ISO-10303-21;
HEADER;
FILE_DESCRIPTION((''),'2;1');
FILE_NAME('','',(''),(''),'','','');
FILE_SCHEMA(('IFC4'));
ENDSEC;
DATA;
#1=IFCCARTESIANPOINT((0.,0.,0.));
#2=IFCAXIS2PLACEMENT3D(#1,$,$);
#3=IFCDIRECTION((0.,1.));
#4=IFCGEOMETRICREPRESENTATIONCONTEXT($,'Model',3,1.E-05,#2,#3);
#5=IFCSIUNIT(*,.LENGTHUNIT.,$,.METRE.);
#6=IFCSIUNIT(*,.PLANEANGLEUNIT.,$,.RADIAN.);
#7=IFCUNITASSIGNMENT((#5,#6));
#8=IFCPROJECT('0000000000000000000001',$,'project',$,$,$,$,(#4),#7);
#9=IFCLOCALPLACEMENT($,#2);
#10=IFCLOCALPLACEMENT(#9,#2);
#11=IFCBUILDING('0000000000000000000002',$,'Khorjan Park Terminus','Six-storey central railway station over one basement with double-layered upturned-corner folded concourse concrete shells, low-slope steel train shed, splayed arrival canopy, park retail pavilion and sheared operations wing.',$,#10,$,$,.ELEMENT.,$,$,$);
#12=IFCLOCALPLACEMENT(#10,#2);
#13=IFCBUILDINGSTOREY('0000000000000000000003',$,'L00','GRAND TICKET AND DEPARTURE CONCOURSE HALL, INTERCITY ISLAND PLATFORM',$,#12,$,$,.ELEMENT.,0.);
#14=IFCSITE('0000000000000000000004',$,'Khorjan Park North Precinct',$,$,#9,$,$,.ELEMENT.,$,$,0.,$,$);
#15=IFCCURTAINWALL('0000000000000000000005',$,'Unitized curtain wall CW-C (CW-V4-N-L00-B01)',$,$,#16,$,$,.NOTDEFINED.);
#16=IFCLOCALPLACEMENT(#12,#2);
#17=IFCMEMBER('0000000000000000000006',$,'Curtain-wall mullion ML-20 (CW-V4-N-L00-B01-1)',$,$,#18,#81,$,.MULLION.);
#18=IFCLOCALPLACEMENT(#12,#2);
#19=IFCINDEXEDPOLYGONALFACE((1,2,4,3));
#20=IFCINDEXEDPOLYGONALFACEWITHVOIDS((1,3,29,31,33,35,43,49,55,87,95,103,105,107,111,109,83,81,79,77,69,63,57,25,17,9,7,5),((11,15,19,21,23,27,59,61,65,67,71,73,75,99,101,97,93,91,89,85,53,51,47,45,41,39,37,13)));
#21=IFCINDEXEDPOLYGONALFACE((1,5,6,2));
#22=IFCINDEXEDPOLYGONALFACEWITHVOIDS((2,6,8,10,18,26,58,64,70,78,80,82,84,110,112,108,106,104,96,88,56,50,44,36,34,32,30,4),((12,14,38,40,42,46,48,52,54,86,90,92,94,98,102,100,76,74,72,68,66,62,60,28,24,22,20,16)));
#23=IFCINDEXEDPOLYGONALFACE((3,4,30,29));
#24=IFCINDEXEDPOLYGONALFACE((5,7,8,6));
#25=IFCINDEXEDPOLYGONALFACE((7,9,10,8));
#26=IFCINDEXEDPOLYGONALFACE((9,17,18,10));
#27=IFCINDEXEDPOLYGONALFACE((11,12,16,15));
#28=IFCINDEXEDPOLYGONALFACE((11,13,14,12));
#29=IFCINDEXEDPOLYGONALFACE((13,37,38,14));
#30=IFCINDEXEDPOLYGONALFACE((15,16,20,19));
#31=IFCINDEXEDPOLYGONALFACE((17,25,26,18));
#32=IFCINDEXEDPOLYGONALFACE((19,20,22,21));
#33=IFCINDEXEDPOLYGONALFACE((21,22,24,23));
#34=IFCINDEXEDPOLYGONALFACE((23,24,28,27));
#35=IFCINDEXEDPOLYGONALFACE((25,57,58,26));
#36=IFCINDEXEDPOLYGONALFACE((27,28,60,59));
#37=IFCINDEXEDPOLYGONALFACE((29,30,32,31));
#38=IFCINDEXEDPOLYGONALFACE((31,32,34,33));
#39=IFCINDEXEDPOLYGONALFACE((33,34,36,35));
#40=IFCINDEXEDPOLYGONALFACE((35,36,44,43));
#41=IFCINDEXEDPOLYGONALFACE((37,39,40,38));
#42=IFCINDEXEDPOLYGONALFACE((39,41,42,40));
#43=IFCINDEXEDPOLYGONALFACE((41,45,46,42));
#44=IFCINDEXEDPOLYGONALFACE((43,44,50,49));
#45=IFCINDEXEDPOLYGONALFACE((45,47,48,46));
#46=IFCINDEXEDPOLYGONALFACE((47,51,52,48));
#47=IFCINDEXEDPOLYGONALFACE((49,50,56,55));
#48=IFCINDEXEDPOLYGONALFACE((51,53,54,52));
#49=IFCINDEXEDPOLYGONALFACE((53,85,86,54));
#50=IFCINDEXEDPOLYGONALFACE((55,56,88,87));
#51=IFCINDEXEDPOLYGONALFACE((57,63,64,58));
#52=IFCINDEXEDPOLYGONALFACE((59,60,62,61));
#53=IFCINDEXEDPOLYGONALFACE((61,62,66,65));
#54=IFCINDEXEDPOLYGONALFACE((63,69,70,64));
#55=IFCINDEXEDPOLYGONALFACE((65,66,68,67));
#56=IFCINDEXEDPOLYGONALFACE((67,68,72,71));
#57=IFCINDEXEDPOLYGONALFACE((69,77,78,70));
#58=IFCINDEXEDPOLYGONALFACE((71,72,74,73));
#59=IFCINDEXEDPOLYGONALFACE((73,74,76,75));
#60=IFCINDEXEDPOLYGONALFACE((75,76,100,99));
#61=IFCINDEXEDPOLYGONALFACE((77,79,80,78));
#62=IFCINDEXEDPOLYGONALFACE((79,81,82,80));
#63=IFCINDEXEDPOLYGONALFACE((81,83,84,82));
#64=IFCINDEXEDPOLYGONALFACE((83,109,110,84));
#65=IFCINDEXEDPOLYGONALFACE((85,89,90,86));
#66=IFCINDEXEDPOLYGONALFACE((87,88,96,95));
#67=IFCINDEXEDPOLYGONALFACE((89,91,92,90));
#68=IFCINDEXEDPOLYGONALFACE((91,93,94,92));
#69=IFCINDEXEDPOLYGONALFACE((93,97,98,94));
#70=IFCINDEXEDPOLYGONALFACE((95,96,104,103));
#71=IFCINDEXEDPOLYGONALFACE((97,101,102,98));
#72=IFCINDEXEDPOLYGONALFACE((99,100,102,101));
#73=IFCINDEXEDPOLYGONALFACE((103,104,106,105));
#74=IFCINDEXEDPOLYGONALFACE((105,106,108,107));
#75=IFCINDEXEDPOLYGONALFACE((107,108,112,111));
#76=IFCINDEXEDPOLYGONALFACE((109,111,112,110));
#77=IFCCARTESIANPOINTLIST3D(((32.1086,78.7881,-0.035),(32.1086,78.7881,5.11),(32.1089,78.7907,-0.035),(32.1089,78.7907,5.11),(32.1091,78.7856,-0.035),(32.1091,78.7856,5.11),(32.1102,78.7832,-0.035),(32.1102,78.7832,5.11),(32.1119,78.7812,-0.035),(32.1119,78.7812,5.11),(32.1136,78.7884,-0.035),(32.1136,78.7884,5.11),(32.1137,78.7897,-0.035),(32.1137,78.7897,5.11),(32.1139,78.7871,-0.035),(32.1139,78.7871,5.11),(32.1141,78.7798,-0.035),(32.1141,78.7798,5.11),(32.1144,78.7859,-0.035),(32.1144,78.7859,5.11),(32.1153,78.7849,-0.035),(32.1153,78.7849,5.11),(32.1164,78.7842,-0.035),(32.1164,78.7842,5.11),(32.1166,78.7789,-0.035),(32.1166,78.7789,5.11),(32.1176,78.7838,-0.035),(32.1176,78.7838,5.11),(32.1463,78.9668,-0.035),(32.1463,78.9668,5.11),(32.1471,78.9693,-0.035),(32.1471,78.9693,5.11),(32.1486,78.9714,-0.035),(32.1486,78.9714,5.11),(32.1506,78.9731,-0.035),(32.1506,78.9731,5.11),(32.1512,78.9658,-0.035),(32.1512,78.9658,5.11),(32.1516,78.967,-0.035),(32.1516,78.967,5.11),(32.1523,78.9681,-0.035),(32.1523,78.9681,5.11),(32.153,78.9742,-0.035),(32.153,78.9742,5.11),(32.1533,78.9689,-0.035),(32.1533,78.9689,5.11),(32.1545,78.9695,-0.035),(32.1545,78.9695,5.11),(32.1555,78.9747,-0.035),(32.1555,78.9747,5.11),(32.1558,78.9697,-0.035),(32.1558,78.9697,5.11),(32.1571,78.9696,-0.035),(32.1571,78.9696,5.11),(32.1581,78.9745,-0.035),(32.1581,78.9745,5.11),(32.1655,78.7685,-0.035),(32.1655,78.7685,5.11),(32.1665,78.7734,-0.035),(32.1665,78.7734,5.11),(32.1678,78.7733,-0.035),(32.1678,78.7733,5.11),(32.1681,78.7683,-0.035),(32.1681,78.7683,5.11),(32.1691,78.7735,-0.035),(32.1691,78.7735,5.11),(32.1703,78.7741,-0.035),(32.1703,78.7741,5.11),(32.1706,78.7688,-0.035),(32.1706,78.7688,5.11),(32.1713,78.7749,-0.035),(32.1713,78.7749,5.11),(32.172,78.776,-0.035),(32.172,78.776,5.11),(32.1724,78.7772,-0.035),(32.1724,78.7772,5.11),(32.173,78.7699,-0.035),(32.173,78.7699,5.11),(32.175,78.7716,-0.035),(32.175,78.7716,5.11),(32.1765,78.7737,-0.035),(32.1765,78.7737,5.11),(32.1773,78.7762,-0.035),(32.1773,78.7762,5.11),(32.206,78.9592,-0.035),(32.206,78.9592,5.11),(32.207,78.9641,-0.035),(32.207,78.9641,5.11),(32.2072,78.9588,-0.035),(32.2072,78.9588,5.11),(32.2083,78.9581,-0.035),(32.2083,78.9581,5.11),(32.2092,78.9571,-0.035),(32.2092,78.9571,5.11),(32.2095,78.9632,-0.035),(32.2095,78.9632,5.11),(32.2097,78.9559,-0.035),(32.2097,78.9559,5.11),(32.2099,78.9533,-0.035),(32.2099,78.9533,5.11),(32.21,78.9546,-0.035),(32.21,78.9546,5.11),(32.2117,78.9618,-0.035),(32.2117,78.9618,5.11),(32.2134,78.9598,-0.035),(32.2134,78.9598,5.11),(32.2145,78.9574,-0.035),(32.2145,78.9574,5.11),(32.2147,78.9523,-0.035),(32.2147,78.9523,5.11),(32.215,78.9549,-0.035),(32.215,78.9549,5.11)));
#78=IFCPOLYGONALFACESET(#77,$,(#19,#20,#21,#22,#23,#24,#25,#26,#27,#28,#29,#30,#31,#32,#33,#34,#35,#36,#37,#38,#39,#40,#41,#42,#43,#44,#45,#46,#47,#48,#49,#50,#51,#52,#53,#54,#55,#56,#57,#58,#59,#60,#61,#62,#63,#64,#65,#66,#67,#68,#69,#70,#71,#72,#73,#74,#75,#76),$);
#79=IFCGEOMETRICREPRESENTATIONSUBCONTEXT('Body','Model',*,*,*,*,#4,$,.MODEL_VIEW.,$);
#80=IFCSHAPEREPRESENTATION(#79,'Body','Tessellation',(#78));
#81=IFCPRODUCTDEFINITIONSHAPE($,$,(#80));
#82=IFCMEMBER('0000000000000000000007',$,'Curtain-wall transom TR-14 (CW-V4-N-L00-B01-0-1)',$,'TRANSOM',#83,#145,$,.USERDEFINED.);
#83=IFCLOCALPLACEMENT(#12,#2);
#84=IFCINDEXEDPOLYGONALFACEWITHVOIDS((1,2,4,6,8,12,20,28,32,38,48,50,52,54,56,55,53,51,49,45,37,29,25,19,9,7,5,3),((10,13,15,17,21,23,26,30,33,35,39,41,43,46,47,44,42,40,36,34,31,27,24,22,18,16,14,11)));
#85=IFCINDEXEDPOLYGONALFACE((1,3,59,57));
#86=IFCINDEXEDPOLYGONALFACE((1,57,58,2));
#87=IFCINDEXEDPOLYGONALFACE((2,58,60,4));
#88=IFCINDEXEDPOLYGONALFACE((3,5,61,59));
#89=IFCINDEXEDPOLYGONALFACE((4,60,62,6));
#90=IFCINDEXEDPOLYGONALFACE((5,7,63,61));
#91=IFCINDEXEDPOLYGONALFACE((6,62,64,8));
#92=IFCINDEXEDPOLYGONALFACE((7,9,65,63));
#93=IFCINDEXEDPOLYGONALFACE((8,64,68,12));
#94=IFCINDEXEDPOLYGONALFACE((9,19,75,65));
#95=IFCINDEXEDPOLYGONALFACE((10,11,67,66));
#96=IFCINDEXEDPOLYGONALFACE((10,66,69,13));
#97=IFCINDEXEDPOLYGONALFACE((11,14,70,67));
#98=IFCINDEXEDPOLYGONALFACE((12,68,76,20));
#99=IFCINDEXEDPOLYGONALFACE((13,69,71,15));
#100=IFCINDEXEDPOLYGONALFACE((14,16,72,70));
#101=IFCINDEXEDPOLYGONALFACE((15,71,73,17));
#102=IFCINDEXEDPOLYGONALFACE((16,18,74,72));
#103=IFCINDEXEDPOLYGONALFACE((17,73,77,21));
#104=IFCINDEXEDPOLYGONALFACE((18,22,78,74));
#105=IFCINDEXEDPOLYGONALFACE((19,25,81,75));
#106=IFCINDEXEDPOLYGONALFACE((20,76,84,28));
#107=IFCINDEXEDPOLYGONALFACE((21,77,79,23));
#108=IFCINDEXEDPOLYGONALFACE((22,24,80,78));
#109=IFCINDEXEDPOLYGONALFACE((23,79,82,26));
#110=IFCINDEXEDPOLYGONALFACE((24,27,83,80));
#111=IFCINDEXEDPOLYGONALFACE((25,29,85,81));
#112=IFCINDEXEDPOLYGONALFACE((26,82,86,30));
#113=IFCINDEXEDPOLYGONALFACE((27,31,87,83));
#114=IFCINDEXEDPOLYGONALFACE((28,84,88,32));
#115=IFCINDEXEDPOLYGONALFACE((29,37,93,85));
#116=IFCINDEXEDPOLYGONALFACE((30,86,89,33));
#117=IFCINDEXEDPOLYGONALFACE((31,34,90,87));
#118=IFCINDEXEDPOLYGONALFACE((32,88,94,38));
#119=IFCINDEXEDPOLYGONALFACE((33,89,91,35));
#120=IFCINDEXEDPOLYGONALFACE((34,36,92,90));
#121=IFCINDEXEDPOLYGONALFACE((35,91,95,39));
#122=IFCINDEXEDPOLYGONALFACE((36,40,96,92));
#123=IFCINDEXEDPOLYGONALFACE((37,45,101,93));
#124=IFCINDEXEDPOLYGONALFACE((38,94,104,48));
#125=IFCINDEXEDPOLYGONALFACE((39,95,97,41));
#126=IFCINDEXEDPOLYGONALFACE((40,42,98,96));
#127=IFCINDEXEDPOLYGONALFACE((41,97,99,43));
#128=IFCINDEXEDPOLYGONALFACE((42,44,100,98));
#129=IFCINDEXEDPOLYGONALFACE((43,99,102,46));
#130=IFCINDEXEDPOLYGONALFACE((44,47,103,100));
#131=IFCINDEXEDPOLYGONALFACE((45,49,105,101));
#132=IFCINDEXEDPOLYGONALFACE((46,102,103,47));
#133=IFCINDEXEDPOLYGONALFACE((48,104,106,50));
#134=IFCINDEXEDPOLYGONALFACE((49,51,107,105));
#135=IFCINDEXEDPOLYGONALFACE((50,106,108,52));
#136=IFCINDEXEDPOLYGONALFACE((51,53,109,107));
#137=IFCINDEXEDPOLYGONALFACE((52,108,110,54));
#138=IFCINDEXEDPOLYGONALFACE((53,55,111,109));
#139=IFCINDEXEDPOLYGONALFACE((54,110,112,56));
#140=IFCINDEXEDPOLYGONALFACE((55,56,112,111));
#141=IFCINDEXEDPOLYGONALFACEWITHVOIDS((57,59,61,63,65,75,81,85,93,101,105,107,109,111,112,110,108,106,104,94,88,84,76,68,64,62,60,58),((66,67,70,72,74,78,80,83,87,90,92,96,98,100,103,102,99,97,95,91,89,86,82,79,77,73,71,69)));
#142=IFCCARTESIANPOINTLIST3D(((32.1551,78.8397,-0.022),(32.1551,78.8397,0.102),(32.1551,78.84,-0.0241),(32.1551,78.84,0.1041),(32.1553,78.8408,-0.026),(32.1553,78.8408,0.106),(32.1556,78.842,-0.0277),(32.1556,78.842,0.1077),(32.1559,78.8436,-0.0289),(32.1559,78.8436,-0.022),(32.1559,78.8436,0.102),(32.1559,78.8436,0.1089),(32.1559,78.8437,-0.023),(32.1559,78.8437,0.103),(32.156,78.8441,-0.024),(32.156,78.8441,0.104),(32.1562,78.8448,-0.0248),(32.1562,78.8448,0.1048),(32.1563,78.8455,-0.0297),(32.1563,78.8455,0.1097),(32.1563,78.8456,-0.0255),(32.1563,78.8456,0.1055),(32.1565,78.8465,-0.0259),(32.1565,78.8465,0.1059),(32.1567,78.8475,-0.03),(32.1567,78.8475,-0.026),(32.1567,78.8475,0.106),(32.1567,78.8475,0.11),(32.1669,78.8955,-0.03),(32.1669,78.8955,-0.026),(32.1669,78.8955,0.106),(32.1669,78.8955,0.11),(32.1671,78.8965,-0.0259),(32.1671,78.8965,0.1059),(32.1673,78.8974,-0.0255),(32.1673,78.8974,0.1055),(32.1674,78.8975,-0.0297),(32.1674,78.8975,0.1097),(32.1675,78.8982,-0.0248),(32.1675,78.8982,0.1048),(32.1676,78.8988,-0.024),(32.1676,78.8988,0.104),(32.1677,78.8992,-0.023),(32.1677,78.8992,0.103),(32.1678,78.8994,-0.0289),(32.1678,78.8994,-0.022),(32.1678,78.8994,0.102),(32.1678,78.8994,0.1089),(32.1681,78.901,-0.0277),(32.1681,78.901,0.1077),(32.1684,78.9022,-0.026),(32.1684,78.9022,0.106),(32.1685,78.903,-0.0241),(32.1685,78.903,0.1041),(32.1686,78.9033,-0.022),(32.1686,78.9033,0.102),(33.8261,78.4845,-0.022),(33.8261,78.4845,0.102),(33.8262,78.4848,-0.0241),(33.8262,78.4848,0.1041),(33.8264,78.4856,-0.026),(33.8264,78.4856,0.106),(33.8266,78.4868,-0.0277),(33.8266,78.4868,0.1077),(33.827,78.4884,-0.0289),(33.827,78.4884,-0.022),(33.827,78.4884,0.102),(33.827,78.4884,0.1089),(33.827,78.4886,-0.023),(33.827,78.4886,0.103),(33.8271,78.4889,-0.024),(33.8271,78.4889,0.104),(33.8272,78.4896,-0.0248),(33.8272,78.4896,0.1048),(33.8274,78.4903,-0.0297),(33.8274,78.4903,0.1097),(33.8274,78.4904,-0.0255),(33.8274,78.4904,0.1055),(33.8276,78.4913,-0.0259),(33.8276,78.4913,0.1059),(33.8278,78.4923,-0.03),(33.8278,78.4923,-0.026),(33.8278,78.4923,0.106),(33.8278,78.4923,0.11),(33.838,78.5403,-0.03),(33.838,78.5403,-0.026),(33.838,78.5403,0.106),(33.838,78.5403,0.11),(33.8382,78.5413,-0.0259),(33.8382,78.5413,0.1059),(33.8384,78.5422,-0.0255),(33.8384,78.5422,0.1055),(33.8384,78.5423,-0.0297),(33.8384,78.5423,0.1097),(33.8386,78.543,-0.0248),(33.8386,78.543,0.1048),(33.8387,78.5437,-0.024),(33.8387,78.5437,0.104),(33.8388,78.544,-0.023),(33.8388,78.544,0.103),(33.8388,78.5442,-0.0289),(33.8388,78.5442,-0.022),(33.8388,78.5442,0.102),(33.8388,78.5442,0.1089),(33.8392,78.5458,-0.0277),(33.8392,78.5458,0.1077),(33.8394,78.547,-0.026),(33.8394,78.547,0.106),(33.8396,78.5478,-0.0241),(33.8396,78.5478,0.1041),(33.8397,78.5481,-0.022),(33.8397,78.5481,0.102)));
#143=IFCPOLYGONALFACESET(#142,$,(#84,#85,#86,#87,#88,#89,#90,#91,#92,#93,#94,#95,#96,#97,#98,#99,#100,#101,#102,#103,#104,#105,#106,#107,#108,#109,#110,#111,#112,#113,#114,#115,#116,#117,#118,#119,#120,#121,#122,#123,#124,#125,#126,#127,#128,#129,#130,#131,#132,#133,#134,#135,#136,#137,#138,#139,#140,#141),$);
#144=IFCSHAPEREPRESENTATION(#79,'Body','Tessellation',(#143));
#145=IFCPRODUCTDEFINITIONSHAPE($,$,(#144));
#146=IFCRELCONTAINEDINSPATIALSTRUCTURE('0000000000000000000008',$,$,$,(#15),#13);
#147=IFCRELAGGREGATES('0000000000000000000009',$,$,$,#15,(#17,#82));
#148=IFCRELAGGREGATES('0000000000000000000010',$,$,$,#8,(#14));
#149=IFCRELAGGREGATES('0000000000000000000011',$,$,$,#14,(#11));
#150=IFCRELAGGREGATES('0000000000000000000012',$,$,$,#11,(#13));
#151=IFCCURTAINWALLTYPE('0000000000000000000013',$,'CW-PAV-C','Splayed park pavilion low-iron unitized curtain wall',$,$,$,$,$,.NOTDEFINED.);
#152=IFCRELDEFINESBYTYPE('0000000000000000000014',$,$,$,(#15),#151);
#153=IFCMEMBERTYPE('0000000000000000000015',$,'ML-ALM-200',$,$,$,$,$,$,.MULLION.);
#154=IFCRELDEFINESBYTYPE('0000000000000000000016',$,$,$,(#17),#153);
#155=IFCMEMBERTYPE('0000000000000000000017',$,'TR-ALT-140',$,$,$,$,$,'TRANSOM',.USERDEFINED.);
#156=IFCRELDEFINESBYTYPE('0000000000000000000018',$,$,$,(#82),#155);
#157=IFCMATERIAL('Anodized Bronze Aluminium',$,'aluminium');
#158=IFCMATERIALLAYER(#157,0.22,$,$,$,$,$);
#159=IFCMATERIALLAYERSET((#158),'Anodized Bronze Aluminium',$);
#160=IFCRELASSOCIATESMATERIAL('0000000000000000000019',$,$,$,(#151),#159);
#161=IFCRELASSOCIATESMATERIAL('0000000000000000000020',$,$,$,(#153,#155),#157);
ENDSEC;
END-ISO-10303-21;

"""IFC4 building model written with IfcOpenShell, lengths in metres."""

from ifc_helpers import new_model, si_unit, direction, frame, origin, origin_2d, place, context, subcontext, project, spatial, hollow_rectangle, extrude, material, layer, layer_set, material_profile, profile_set, type_object, element, aggregate, save


model = new_model("IFC4")

# Units and contexts
model_context = context("Model", 3, precision=1e-05, world=origin(), true_north=direction((0.0, 1.0)))
body_context = subcontext(model_context, "Body", "Model", "MODEL_VIEW")
ifc_project = project(units=[si_unit("LENGTHUNIT", "METRE"), si_unit("PLANEANGLEUNIT", "RADIAN")], contexts=[model_context])

# Site, building, storey
site_placement = place(None, origin())
site = spatial("IfcSite", under=ifc_project, at=site_placement, Name="Khorjan Park North Precinct", CompositionType="ELEMENT", RefElevation=0.0)
building_placement = place(site_placement, origin())
building = spatial("IfcBuilding", under=site, at=building_placement, Name="Khorjan Park Terminus", Description="Six-storey central railway station over one basement with double-layered upturned-corner folded concourse concrete shells, low-slope steel train shed, splayed arrival canopy, park retail pavilion and sheared operations wing.", CompositionType="ELEMENT")
storey_placement = place(building_placement, origin())
storey = spatial("IfcBuildingStorey", under=building, at=storey_placement, Name="L00", Description="GRAND TICKET AND DEPARTURE CONCOURSE HALL, INTERCITY ISLAND PLATFORM", CompositionType="ELEMENT", Elevation=0.0)

# Curtain wall, members
ifc_material_1 = material(Name="Anodized Bronze Aluminium", Category="aluminium")
ifc_layer_1 = layer(ifc_material_1, 0.22)
ifc_layer_set_1 = layer_set([ifc_layer_1], Name="Anodized Bronze Aluminium")
curtain_wall_type = type_object("IfcCurtainWallType", Name="CW-PAV-C", Description="Splayed park pavilion low-iron unitized curtain wall", PredefinedType="NOTDEFINED", material=ifc_layer_set_1)
curtain_wall_placement = place(storey_placement, origin())
curtain_wall = element("IfcCurtainWall", 1, at=curtain_wall_placement, inside=storey, type_object=curtain_wall_type, Name="Unitized curtain wall CW-C (CW-V4-N-L00-B01)", PredefinedType="NOTDEFINED")
ifc_material_profile_1 = material_profile(ifc_material_1, hollow_rectangle(XDim=0.07, YDim=0.2, WallThickness=0.005, InnerFilletRadius=0.005, OuterFilletRadius=0.01, at=origin_2d()), Name="ALM 70x200x5")
ifc_profile_set_1 = profile_set([ifc_material_profile_1], Name="Anodized Bronze Aluminium")
member_type_1 = type_object("IfcMemberType", Name="ML-ALM-200", PredefinedType="MULLION", material=ifc_profile_set_1)
member_1_placement = place(storey_placement, frame((32.1618, 78.8715, -0.035), z_axis=(0.0, 0.0, 1.0), x_axis=(-0.97815, 0.207903, 0.0)))
member_1 = element("IfcMember", 2, at=member_1_placement, type_object=member_type_1, Name="Curtain-wall mullion ML-20 (CW-V4-N-L00-B01-1)", PredefinedType="MULLION", context=body_context, shape_type="SweptSolid", body=[
    extrude(hollow_rectangle(XDim=0.07, YDim=0.2, WallThickness=0.005, InnerFilletRadius=0.005, OuterFilletRadius=0.01, at=origin_2d()), origin(), (0.0, 0.0, 1.0), 5.145),
])
ifc_material_profile_2 = material_profile(ifc_material_1, hollow_rectangle(XDim=0.065, YDim=0.14, WallThickness=0.004, InnerFilletRadius=0.004, OuterFilletRadius=0.008, at=origin_2d()), Name="ALT 65x140x4")
ifc_profile_set_2 = profile_set([ifc_material_profile_2], Name="Anodized Bronze Aluminium")
member_type_2 = type_object("IfcMemberType", Name="TR-ALT-140", ElementType="TRANSOM", PredefinedType="USERDEFINED", material=ifc_profile_set_2)
member_2_placement = place(storey_placement, frame((33.8329, 78.5163, 0.04), z_axis=(-0.978148, 0.20791, 0.0), x_axis=(-0.20791, -0.978148, 0.0)))
member_2 = element("IfcMember", 3, at=member_2_placement, type_object=member_type_2, Name="Curtain-wall transom TR-14 (CW-V4-N-L00-B01-0-1)", ObjectType="TRANSOM", PredefinedType="USERDEFINED", context=body_context, shape_type="SweptSolid", body=[
    extrude(hollow_rectangle(XDim=0.065, YDim=0.14, WallThickness=0.004, InnerFilletRadius=0.004, OuterFilletRadius=0.008, at=origin_2d()), origin(), (0.0, 0.0, 1.0), 1.7084),
])
aggregate(curtain_wall, [member_1, member_2])

save(model, "model.ifc")
